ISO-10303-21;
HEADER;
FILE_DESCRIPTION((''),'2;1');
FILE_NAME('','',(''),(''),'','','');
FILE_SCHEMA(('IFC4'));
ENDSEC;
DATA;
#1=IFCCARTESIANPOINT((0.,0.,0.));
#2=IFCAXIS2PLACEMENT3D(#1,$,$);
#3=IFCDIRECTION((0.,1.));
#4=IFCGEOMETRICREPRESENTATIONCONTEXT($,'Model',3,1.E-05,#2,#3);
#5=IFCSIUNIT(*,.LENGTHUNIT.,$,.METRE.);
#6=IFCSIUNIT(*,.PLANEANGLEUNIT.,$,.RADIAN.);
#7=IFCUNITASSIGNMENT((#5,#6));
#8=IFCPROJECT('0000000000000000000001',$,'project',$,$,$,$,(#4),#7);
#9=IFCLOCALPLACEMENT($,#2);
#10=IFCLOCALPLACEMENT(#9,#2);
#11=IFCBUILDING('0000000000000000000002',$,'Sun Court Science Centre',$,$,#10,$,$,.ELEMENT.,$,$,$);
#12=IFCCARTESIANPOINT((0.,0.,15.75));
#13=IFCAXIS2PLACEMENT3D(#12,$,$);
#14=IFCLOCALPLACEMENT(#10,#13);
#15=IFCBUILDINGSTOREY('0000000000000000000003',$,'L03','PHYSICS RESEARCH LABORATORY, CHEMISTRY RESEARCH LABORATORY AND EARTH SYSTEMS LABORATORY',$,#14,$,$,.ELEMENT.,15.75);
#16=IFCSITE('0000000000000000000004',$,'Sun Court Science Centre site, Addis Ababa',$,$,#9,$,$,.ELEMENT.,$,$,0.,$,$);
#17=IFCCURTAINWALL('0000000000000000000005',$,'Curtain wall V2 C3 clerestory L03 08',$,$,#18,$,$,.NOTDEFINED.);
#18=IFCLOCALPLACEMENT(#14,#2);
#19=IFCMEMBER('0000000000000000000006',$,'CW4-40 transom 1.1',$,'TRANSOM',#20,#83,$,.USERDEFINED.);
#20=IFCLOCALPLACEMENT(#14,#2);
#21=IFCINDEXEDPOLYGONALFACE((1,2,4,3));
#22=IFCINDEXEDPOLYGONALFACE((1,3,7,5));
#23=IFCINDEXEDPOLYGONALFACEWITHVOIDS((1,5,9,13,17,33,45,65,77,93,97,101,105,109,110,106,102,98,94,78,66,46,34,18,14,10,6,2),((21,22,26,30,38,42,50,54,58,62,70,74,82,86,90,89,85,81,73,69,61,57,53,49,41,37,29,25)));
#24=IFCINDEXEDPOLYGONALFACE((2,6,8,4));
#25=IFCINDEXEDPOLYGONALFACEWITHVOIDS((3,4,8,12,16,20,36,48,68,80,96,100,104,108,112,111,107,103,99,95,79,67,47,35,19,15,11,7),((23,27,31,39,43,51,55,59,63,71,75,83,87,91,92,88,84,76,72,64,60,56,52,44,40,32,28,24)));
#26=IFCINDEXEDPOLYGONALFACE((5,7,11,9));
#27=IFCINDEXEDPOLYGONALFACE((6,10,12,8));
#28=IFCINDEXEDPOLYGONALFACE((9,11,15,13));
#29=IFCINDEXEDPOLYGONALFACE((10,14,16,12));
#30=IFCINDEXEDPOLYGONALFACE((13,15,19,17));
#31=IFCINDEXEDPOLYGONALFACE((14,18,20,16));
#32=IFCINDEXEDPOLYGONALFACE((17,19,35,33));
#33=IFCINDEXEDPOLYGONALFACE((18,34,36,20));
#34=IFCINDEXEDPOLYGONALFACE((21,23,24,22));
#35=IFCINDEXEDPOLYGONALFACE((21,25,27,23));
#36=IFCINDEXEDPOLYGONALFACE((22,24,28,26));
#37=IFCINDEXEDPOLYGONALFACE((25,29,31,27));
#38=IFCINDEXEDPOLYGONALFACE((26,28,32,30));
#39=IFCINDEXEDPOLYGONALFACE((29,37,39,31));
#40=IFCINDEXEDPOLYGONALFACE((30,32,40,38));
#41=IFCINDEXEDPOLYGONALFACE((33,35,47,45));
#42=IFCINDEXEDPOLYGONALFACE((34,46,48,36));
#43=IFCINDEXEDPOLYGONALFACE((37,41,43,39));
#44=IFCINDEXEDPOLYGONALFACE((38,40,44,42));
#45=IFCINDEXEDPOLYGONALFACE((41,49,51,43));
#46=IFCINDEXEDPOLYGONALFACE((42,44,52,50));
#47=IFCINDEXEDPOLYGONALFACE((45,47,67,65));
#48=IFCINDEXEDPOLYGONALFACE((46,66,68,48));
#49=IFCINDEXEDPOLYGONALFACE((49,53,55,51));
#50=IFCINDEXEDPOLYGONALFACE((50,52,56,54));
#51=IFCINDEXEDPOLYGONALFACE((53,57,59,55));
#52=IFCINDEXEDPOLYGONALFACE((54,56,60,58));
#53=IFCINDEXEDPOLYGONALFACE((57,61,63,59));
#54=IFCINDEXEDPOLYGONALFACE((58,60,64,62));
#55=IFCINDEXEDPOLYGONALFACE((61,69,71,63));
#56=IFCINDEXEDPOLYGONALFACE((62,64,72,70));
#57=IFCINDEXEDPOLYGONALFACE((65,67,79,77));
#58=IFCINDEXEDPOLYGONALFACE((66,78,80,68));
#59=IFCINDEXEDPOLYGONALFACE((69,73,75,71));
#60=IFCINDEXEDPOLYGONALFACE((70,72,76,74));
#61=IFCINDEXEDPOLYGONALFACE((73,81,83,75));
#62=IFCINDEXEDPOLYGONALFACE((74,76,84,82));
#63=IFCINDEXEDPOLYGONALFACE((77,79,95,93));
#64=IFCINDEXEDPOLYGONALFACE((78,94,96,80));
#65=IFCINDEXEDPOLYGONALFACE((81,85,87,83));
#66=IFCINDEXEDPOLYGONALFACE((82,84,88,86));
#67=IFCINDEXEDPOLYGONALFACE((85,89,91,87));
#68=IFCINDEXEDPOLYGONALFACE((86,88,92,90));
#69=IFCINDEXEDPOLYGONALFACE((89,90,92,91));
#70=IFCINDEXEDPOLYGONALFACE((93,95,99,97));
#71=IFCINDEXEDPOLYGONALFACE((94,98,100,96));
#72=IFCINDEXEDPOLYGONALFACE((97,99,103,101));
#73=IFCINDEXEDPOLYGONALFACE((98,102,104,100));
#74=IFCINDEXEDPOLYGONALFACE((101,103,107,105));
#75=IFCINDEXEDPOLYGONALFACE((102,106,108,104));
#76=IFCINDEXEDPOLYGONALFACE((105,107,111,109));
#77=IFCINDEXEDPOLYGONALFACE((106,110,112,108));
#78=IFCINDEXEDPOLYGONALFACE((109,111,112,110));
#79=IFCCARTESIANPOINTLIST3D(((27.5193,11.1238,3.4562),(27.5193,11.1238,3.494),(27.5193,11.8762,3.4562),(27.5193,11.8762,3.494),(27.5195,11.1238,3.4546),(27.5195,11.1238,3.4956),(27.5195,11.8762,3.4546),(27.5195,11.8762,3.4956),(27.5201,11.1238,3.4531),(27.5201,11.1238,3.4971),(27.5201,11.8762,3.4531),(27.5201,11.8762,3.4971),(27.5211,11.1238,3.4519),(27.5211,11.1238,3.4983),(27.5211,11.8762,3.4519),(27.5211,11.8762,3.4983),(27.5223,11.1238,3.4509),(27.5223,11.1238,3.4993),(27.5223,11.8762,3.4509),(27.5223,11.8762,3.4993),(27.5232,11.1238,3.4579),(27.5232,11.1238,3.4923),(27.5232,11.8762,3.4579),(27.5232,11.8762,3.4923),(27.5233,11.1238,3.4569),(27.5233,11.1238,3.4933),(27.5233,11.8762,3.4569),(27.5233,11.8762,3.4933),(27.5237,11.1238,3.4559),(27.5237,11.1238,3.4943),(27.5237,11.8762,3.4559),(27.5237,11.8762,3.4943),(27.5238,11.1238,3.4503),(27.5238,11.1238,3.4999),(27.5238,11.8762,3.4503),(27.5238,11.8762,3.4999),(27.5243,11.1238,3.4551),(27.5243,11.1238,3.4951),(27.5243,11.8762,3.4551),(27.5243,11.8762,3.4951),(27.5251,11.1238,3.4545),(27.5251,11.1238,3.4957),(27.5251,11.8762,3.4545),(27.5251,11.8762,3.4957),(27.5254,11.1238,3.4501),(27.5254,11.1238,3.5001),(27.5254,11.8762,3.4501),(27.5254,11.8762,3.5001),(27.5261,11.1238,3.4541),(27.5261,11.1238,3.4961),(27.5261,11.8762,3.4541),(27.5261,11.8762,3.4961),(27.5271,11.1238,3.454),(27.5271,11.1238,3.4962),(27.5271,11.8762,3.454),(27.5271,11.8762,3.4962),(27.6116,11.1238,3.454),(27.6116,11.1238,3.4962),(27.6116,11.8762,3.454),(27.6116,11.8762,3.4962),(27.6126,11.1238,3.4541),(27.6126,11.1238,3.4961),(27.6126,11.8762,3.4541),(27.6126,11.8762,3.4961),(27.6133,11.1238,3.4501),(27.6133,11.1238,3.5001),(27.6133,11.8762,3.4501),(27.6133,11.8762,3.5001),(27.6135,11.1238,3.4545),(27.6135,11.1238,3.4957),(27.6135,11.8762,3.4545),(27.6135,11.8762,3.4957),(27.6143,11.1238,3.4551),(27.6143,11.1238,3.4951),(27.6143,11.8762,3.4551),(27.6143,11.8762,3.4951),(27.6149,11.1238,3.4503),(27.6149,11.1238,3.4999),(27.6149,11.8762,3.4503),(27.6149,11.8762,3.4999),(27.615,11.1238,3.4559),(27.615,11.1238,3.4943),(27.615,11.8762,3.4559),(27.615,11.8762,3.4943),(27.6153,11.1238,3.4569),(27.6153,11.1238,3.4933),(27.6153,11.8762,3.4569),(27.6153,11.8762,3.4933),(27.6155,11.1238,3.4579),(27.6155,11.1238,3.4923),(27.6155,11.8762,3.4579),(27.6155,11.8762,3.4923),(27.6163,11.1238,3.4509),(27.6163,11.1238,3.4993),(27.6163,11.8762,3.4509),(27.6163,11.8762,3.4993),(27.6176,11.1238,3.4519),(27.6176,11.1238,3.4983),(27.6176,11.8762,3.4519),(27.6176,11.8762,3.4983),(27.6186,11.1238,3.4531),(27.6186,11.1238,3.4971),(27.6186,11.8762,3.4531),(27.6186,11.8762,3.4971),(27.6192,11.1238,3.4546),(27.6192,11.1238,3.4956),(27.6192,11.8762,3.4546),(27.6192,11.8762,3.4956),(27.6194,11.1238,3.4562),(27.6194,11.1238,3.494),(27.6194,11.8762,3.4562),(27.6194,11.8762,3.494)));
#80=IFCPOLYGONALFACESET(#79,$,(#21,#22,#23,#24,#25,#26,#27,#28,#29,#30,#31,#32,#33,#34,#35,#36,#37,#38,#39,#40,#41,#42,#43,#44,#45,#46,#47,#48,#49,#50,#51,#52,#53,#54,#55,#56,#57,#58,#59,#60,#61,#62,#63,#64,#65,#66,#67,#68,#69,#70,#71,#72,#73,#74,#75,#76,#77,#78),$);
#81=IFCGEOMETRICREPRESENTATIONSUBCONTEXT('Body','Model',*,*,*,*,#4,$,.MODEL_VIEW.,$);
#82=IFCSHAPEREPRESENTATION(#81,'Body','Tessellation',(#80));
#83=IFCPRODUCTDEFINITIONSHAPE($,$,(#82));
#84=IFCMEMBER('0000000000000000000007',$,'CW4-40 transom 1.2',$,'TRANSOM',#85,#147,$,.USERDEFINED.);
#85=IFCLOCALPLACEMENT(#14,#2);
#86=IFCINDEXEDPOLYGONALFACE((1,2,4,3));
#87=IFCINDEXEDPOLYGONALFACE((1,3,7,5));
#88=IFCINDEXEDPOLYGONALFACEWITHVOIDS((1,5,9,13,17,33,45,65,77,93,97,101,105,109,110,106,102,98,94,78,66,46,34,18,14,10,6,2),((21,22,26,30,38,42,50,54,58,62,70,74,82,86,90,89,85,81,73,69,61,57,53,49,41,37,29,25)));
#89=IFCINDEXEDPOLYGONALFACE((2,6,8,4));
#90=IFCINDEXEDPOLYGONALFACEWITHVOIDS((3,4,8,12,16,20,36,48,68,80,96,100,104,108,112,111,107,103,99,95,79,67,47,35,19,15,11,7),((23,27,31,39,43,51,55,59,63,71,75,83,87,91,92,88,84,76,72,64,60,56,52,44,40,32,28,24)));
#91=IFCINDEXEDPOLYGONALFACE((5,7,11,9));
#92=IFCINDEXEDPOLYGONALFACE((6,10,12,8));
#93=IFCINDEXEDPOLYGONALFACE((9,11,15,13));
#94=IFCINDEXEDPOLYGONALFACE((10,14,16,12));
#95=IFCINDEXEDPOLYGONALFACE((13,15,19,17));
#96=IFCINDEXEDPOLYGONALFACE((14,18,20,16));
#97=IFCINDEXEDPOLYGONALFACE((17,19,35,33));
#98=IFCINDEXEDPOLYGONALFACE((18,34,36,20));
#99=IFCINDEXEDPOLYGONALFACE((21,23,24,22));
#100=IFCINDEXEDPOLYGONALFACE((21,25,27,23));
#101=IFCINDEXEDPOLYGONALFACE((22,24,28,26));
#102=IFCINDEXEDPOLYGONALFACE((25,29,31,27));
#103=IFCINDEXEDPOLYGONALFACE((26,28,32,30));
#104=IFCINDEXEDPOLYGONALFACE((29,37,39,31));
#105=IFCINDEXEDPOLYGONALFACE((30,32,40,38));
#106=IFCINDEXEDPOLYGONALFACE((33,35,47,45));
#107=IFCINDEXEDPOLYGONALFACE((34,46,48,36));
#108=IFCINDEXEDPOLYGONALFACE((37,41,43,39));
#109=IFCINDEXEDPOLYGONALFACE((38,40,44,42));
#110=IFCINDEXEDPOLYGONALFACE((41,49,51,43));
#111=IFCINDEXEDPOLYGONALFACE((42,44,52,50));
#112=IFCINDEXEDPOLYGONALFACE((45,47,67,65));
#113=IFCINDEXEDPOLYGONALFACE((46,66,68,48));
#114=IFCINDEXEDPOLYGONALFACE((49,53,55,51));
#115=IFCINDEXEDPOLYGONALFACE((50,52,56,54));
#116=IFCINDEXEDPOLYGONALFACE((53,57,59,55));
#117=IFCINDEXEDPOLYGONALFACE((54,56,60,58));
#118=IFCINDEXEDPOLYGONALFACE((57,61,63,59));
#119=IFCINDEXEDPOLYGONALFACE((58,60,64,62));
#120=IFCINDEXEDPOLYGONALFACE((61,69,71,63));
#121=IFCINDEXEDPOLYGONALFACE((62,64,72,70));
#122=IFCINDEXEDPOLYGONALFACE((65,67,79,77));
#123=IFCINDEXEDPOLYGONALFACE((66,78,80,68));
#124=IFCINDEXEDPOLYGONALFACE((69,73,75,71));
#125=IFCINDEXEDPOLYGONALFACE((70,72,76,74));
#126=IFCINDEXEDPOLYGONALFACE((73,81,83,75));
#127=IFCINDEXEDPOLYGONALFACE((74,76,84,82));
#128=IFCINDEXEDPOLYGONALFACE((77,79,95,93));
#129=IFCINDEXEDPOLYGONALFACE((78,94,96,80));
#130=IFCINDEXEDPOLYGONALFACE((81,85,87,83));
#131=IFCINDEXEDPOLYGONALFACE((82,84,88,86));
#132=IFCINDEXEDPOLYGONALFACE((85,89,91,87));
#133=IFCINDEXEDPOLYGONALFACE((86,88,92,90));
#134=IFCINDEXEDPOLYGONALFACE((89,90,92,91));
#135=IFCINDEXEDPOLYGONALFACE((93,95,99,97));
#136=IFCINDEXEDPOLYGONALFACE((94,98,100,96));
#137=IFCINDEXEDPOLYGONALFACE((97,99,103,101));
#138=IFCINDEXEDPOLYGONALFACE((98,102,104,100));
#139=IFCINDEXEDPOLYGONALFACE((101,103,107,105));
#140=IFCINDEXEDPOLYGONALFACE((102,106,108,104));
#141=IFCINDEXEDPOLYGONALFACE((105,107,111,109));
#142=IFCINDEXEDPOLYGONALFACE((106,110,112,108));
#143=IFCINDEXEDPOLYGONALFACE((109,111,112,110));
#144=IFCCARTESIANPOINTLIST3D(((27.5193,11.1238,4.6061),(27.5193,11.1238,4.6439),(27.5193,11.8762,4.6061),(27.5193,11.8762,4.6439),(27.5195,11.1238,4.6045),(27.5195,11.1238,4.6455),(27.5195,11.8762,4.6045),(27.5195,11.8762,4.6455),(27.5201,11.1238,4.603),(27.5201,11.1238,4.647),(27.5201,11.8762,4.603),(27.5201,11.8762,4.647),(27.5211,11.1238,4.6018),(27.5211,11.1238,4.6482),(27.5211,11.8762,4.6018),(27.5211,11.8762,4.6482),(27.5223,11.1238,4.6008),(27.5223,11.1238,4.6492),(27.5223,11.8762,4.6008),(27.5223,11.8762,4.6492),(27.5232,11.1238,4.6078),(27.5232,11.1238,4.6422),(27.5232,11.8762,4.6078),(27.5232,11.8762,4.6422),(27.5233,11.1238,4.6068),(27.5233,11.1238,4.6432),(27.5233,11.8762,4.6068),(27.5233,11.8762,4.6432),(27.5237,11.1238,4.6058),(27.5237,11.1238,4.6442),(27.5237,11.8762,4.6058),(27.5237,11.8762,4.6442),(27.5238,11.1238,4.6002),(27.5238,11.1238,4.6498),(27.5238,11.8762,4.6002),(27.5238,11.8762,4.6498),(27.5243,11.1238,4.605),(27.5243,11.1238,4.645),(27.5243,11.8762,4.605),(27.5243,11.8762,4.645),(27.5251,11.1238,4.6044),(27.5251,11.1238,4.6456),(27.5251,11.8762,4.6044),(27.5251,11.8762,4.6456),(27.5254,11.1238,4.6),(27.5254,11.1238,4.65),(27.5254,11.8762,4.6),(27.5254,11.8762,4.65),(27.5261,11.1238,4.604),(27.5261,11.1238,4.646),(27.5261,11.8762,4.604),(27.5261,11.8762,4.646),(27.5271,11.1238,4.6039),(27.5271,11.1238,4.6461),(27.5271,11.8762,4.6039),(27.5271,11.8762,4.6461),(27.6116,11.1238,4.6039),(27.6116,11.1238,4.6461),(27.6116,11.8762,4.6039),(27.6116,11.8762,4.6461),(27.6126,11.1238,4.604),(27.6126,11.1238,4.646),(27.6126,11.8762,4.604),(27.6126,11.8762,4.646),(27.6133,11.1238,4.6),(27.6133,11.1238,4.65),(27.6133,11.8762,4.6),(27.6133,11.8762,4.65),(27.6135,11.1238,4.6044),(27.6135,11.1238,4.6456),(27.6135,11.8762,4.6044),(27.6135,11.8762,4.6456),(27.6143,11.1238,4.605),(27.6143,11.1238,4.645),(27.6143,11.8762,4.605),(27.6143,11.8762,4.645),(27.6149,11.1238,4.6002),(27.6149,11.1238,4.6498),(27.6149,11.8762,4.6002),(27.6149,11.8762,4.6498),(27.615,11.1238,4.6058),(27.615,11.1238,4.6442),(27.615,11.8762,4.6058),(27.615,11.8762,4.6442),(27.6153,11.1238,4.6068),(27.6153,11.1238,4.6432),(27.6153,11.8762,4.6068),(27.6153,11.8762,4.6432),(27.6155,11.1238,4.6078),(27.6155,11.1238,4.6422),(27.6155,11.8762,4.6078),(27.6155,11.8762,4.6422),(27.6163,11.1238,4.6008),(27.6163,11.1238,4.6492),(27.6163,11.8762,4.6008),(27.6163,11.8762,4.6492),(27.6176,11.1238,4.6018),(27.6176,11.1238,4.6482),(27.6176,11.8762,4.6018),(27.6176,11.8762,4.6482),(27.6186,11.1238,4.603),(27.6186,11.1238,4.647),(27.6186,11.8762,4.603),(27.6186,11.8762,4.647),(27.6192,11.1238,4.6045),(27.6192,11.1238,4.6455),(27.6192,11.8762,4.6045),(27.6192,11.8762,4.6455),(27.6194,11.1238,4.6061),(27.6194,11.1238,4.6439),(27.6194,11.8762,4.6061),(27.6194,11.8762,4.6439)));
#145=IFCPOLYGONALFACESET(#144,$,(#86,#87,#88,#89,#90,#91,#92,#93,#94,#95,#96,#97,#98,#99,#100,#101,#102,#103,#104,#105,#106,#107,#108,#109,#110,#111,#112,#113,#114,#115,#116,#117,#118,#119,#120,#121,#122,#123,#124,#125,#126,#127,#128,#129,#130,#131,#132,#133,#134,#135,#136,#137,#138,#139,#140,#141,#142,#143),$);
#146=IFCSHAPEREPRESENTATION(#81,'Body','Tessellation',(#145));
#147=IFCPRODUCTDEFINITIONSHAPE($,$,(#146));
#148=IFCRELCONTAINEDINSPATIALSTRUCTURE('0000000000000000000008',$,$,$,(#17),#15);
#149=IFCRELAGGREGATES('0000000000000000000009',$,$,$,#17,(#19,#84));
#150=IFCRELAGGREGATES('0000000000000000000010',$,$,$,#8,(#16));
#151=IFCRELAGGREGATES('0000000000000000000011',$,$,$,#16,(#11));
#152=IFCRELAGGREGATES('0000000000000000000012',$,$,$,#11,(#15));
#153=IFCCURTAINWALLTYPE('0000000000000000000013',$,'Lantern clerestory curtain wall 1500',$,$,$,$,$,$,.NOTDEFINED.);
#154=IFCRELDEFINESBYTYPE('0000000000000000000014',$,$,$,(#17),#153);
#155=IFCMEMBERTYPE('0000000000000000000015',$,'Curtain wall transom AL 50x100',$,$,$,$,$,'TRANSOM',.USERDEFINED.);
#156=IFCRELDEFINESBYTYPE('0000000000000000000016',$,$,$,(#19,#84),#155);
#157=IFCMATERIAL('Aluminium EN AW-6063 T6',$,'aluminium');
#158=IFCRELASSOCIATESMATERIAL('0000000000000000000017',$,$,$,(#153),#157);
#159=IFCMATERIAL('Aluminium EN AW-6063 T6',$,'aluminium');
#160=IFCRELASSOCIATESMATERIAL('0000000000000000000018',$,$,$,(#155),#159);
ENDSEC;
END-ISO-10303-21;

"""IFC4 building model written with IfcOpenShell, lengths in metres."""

from ifc_helpers import new_model, si_unit, direction, frame, origin, origin_2d, place, context, subcontext, project, spatial, hollow_rectangle, extrude, material, material_profile, profile_set, type_object, element, aggregate, save


model = new_model("IFC4")

# Units and contexts
model_context = context("Model", 3, precision=1e-05, world=origin(), true_north=direction((0.0, 1.0)))
body_context = subcontext(model_context, "Body", "Model", "MODEL_VIEW")
ifc_project = project(units=[si_unit("LENGTHUNIT", "METRE"), si_unit("PLANEANGLEUNIT", "RADIAN")], contexts=[model_context])

# Site, building, storey
site_placement = place(None, origin())
site = spatial("IfcSite", under=ifc_project, at=site_placement, Name="Sun Court Science Centre site, Addis Ababa", CompositionType="ELEMENT", RefElevation=0.0)
building_placement = place(site_placement, origin())
building = spatial("IfcBuilding", under=site, at=building_placement, Name="Sun Court Science Centre", CompositionType="ELEMENT")
storey_placement = place(building_placement, frame((0.0, 0.0, 15.75)))
storey = spatial("IfcBuildingStorey", under=building, at=storey_placement, Name="L03", Description="PHYSICS RESEARCH LABORATORY, CHEMISTRY RESEARCH LABORATORY AND EARTH SYSTEMS LABORATORY", CompositionType="ELEMENT", Elevation=15.75)

# Shared definitions
ifc_material_1 = material(Name="Aluminium EN AW-6063 T6", Category="aluminium")
curtain_wall_type = type_object("IfcCurtainWallType", Name="Lantern clerestory curtain wall 1500", PredefinedType="NOTDEFINED", material=ifc_material_1)

# Curtain wall
curtain_wall_1_placement = place(storey_placement, origin())
curtain_wall_1 = element("IfcCurtainWall", 1, at=curtain_wall_1_placement, inside=storey, type_object=curtain_wall_type, Name="Curtain wall V2 C3 clerestory L03 08", PredefinedType="NOTDEFINED")

# Members
ifc_material_2 = material(Name="Aluminium EN AW-6063 T6", Category="aluminium")
ifc_material_profile_1 = material_profile(ifc_material_2, hollow_rectangle(XDim=0.05, YDim=0.1001, WallThickness=0.0039, InnerFilletRadius=0.0039, OuterFilletRadius=0.0061, at=origin_2d()), Name="AL 50x100x4")
ifc_profile_set_1 = profile_set([ifc_material_profile_1], Name="Aluminium EN AW-6063 T6")
member_type_1 = type_object("IfcMemberType", Name="Curtain wall transom AL 50x100", ElementType="TRANSOM", PredefinedType="USERDEFINED", material=ifc_profile_set_1)
member_1_placement = place(storey_placement, frame((27.5693, 11.1238, 3.4751), z_axis=(0.0, 1.0, 0.0), x_axis=(0.0, 0.0, 1.0)))
member_1 = element("IfcMember", 2, at=member_1_placement, type_object=member_type_1, Name="CW4-40 transom 1.1", ObjectType="TRANSOM", PredefinedType="USERDEFINED", context=body_context, shape_type="SweptSolid", body=[
    extrude(hollow_rectangle(XDim=0.05, YDim=0.1001, WallThickness=0.0039, InnerFilletRadius=0.0039, OuterFilletRadius=0.0061, at=origin_2d()), origin(), (0.0, 0.0, 1.0), 0.7524),
])
member_2_placement = place(storey_placement, frame((27.5693, 11.1238, 4.625), z_axis=(0.0, 1.0, 0.0), x_axis=(0.0, 0.0, 1.0)))
member_2 = element("IfcMember", 3, at=member_2_placement, type_object=member_type_1, Name="CW4-40 transom 1.2", ObjectType="TRANSOM", PredefinedType="USERDEFINED", context=body_context, shape_type="SweptSolid", body=[
    extrude(hollow_rectangle(XDim=0.05, YDim=0.1001, WallThickness=0.0039, InnerFilletRadius=0.0039, OuterFilletRadius=0.0061, at=origin_2d()), origin(), (0.0, 0.0, 1.0), 0.7524),
])

aggregate(curtain_wall_1, [member_1, member_2])

save(model, "model.ifc")
